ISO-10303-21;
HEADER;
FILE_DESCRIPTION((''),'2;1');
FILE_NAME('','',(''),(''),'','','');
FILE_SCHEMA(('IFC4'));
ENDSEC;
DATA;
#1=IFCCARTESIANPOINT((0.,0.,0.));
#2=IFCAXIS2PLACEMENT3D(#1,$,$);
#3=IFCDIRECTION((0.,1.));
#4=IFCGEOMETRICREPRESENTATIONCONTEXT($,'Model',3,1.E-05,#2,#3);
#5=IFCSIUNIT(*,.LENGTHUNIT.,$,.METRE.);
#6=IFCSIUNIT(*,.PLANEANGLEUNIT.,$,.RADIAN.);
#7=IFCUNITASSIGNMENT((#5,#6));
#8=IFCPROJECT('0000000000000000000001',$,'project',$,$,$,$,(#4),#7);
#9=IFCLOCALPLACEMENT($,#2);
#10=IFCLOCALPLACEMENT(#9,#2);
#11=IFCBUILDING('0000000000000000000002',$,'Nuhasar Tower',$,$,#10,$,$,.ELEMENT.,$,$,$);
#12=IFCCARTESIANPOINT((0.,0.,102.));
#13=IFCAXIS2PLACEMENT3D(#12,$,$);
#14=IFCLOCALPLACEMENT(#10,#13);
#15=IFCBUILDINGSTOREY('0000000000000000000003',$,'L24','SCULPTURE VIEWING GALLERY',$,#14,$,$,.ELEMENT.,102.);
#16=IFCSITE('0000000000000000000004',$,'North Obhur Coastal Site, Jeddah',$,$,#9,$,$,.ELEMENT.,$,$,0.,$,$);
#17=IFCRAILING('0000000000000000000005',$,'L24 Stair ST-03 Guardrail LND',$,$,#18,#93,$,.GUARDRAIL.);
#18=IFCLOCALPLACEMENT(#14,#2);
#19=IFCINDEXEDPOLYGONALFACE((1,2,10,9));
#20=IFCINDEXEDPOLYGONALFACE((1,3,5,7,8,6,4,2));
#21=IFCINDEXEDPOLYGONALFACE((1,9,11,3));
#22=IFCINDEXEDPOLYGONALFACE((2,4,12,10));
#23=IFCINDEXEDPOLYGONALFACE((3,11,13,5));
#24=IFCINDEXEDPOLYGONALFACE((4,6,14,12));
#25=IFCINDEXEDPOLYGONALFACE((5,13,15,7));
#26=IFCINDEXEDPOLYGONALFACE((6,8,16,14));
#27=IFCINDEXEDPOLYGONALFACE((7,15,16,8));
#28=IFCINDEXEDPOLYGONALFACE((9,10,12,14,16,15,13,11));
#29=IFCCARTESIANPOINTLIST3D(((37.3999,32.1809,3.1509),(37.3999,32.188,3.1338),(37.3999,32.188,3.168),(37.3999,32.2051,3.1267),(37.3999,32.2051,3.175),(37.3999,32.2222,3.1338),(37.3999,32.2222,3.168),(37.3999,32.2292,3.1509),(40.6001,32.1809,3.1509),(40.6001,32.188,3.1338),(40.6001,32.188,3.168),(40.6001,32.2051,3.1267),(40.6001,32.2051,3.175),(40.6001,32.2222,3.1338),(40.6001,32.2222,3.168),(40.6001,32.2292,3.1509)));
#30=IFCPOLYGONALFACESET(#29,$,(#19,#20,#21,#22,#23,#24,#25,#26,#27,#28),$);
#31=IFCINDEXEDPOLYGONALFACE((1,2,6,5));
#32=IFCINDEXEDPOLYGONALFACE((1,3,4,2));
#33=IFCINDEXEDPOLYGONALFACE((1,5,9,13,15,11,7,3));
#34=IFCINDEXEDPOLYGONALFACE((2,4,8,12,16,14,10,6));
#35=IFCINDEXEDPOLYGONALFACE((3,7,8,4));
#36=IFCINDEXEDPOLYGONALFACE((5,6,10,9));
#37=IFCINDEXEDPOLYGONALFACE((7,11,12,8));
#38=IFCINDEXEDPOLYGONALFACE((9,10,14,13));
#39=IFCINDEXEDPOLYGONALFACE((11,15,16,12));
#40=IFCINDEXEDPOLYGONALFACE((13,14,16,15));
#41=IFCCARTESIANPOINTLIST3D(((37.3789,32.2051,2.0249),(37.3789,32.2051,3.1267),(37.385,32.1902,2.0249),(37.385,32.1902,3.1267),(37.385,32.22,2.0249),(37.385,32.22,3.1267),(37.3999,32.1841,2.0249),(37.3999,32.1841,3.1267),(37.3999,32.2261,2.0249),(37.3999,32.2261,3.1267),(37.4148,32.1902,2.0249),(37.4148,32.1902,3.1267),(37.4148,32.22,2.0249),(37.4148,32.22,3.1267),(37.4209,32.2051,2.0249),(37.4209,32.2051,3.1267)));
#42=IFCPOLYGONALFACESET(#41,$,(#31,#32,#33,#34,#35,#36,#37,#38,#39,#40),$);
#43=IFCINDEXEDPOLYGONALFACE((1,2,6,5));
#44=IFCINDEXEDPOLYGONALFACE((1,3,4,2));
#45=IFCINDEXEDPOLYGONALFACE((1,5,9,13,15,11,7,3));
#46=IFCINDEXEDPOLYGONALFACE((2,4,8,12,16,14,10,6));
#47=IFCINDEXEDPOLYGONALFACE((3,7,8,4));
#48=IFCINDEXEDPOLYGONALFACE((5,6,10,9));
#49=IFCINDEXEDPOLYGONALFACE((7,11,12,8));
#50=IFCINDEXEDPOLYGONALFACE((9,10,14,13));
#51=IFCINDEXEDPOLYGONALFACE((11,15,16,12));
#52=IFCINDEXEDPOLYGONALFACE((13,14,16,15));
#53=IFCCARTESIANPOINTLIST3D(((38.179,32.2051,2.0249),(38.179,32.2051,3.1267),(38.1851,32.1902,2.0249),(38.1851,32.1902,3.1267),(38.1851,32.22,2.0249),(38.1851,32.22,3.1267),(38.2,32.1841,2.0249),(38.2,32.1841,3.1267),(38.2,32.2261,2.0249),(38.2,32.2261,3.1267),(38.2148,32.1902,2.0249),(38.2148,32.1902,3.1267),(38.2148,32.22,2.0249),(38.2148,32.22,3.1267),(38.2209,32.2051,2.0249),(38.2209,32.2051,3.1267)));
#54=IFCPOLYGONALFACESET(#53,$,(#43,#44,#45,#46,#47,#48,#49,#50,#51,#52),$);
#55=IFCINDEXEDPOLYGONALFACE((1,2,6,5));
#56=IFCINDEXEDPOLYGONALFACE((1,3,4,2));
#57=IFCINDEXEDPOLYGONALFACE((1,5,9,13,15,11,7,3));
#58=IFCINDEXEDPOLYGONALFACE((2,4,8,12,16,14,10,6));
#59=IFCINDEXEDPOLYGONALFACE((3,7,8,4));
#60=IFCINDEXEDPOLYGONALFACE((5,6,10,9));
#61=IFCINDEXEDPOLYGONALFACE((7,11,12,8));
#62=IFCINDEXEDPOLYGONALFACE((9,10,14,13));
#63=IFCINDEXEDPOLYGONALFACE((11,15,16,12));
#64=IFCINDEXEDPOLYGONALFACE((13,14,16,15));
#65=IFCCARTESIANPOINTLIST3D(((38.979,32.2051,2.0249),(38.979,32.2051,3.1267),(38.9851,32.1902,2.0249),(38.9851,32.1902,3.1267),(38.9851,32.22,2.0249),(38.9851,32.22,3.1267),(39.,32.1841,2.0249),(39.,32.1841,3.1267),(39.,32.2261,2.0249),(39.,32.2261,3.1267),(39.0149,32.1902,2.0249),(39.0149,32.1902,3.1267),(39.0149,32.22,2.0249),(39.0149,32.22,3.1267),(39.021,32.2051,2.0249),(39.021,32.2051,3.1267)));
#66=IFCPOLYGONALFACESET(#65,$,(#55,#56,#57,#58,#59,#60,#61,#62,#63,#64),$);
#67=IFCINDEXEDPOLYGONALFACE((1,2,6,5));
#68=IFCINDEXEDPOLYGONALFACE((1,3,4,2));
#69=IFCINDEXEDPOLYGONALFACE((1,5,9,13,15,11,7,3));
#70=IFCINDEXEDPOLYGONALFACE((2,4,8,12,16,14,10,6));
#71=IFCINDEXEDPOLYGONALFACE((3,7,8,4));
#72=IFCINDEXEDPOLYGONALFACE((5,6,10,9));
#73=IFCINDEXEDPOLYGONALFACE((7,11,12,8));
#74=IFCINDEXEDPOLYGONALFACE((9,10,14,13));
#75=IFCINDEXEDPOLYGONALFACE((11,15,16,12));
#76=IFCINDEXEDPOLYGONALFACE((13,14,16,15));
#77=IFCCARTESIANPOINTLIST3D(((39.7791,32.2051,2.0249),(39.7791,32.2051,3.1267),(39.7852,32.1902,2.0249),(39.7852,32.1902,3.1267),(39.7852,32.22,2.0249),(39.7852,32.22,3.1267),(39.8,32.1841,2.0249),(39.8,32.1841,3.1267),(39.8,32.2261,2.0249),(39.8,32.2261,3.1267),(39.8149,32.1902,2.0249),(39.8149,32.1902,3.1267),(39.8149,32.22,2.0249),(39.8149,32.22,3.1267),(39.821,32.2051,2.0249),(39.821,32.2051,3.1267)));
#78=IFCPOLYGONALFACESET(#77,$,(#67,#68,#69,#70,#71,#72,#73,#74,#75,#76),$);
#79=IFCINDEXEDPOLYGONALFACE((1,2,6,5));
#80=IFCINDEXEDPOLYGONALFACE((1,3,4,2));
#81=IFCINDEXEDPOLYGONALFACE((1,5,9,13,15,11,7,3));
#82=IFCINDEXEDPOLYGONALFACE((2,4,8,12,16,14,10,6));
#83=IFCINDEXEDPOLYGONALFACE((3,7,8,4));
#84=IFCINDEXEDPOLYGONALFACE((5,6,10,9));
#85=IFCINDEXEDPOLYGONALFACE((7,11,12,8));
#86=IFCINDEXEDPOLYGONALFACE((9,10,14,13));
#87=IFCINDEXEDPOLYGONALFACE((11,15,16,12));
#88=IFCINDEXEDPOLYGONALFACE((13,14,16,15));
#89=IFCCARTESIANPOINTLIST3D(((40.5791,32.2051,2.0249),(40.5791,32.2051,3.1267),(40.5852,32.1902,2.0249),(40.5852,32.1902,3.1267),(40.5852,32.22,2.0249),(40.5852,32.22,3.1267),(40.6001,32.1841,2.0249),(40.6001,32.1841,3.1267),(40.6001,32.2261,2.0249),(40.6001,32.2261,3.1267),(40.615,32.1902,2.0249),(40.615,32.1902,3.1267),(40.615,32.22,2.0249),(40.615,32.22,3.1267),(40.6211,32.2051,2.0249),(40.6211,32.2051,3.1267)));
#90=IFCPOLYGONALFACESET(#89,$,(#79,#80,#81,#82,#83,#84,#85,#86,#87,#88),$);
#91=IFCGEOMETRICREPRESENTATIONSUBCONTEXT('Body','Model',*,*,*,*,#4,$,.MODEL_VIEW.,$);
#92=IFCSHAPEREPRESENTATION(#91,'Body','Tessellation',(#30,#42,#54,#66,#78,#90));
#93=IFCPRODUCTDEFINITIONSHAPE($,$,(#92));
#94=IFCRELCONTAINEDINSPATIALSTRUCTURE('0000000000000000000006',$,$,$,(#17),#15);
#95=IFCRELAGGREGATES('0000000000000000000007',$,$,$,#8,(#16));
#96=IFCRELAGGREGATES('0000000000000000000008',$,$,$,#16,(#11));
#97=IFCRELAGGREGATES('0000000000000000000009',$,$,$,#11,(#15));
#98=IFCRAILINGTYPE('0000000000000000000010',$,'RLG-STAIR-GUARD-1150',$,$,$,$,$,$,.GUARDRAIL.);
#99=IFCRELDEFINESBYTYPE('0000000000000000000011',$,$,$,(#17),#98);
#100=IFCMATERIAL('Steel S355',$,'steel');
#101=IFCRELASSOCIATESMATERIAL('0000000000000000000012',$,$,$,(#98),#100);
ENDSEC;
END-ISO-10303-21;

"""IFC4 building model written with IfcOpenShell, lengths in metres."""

from ifc_helpers import new_model, si_unit, direction, frame, origin, place, context, subcontext, project, spatial, polyline, outline, extrude, material, type_object, element, save


model = new_model("IFC4")

# Units and contexts
model_context = context("Model", 3, precision=1e-05, world=origin(), true_north=direction((0.0, 1.0)))
body_context = subcontext(model_context, "Body", "Model", "MODEL_VIEW")
ifc_project = project(units=[si_unit("LENGTHUNIT", "METRE"), si_unit("PLANEANGLEUNIT", "RADIAN")], contexts=[model_context])

# Site, building, storey
site_placement = place(None, origin())
site = spatial("IfcSite", under=ifc_project, at=site_placement, Name="North Obhur Coastal Site, Jeddah", CompositionType="ELEMENT", RefElevation=0.0)
building_placement = place(site_placement, origin())
building = spatial("IfcBuilding", under=site, at=building_placement, Name="Nuhasar Tower", CompositionType="ELEMENT")
storey_placement = place(building_placement, frame((0.0, 0.0, 102.0)))
storey = spatial("IfcBuildingStorey", under=building, at=storey_placement, Name="L24", Description="SCULPTURE VIEWING GALLERY", CompositionType="ELEMENT", Elevation=102.0)

# Shared definitions
ifc_material_1 = material(Name="Steel S355", Category="steel")

# Railing
railing_type_1 = type_object("IfcRailingType", Name="RLG-STAIR-GUARD-1150", PredefinedType="GUARDRAIL", material=ifc_material_1)
railing_1_placement = place(storey_placement, frame((37.3999, 32.2051, 2.0249)))
element("IfcRailing", 1, at=railing_1_placement, inside=storey, type_object=railing_type_1, Name="L24 Stair ST-03 Guardrail LND", PredefinedType="GUARDRAIL", context=body_context, shape_type="SweptSolid", body=[
    extrude(outline(polyline([(0.0242, 0.0), (0.0171, 0.0171), (0.0, 0.0242), (-0.0171, 0.0171), (-0.0242, 0.0), (-0.0171, -0.0171), (0.0, -0.0242), (0.0171, -0.0171), (0.0242, 0.0)])), frame((0.0, 0.0, 1.126), z_axis=(1.0, 0.0, 0.0), x_axis=(0.0, 1.0, 0.0)), (0.0, 0.0, 1.0), 3.2002),
    extrude(outline(polyline([(0.021, 0.0), (0.0149, 0.0149), (0.0, 0.021), (-0.0149, 0.0149), (-0.021, 0.0), (-0.0149, -0.0149), (0.0, -0.021), (0.0149, -0.0149), (0.021, 0.0)])), origin(), (0.0, 0.0, 1.0), 1.1018),
    extrude(outline(polyline([(0.021, 0.0), (0.0149, 0.0149), (0.0, 0.021), (-0.0149, 0.0149), (-0.021, 0.0), (-0.0149, -0.0149), (0.0, -0.021), (0.0149, -0.0149), (0.021, 0.0)])), frame((0.8, 0.0, 0.0)), (0.0, 0.0, 1.0), 1.1018),
    extrude(outline(polyline([(0.021, 0.0), (0.0149, 0.0149), (0.0, 0.021), (-0.0149, 0.0149), (-0.021, 0.0), (-0.0149, -0.0149), (0.0, -0.021), (0.0149, -0.0149), (0.021, 0.0)])), frame((1.6001, 0.0, 0.0)), (0.0, 0.0, 1.0), 1.1018),
    extrude(outline(polyline([(0.021, 0.0), (0.0149, 0.0149), (0.0, 0.021), (-0.0149, 0.0149), (-0.021, 0.0), (-0.0149, -0.0149), (0.0, -0.021), (0.0149, -0.0149), (0.021, 0.0)])), frame((2.4001, 0.0, 0.0)), (0.0, 0.0, 1.0), 1.1018),
    extrude(outline(polyline([(0.021, 0.0), (0.0149, 0.0149), (0.0, 0.021), (-0.0149, 0.0149), (-0.021, 0.0), (-0.0149, -0.0149), (0.0, -0.021), (0.0149, -0.0149), (0.021, 0.0)])), frame((3.2002, 0.0, 0.0)), (0.0, 0.0, 1.0), 1.1018),
])

save(model, "model.ifc")
